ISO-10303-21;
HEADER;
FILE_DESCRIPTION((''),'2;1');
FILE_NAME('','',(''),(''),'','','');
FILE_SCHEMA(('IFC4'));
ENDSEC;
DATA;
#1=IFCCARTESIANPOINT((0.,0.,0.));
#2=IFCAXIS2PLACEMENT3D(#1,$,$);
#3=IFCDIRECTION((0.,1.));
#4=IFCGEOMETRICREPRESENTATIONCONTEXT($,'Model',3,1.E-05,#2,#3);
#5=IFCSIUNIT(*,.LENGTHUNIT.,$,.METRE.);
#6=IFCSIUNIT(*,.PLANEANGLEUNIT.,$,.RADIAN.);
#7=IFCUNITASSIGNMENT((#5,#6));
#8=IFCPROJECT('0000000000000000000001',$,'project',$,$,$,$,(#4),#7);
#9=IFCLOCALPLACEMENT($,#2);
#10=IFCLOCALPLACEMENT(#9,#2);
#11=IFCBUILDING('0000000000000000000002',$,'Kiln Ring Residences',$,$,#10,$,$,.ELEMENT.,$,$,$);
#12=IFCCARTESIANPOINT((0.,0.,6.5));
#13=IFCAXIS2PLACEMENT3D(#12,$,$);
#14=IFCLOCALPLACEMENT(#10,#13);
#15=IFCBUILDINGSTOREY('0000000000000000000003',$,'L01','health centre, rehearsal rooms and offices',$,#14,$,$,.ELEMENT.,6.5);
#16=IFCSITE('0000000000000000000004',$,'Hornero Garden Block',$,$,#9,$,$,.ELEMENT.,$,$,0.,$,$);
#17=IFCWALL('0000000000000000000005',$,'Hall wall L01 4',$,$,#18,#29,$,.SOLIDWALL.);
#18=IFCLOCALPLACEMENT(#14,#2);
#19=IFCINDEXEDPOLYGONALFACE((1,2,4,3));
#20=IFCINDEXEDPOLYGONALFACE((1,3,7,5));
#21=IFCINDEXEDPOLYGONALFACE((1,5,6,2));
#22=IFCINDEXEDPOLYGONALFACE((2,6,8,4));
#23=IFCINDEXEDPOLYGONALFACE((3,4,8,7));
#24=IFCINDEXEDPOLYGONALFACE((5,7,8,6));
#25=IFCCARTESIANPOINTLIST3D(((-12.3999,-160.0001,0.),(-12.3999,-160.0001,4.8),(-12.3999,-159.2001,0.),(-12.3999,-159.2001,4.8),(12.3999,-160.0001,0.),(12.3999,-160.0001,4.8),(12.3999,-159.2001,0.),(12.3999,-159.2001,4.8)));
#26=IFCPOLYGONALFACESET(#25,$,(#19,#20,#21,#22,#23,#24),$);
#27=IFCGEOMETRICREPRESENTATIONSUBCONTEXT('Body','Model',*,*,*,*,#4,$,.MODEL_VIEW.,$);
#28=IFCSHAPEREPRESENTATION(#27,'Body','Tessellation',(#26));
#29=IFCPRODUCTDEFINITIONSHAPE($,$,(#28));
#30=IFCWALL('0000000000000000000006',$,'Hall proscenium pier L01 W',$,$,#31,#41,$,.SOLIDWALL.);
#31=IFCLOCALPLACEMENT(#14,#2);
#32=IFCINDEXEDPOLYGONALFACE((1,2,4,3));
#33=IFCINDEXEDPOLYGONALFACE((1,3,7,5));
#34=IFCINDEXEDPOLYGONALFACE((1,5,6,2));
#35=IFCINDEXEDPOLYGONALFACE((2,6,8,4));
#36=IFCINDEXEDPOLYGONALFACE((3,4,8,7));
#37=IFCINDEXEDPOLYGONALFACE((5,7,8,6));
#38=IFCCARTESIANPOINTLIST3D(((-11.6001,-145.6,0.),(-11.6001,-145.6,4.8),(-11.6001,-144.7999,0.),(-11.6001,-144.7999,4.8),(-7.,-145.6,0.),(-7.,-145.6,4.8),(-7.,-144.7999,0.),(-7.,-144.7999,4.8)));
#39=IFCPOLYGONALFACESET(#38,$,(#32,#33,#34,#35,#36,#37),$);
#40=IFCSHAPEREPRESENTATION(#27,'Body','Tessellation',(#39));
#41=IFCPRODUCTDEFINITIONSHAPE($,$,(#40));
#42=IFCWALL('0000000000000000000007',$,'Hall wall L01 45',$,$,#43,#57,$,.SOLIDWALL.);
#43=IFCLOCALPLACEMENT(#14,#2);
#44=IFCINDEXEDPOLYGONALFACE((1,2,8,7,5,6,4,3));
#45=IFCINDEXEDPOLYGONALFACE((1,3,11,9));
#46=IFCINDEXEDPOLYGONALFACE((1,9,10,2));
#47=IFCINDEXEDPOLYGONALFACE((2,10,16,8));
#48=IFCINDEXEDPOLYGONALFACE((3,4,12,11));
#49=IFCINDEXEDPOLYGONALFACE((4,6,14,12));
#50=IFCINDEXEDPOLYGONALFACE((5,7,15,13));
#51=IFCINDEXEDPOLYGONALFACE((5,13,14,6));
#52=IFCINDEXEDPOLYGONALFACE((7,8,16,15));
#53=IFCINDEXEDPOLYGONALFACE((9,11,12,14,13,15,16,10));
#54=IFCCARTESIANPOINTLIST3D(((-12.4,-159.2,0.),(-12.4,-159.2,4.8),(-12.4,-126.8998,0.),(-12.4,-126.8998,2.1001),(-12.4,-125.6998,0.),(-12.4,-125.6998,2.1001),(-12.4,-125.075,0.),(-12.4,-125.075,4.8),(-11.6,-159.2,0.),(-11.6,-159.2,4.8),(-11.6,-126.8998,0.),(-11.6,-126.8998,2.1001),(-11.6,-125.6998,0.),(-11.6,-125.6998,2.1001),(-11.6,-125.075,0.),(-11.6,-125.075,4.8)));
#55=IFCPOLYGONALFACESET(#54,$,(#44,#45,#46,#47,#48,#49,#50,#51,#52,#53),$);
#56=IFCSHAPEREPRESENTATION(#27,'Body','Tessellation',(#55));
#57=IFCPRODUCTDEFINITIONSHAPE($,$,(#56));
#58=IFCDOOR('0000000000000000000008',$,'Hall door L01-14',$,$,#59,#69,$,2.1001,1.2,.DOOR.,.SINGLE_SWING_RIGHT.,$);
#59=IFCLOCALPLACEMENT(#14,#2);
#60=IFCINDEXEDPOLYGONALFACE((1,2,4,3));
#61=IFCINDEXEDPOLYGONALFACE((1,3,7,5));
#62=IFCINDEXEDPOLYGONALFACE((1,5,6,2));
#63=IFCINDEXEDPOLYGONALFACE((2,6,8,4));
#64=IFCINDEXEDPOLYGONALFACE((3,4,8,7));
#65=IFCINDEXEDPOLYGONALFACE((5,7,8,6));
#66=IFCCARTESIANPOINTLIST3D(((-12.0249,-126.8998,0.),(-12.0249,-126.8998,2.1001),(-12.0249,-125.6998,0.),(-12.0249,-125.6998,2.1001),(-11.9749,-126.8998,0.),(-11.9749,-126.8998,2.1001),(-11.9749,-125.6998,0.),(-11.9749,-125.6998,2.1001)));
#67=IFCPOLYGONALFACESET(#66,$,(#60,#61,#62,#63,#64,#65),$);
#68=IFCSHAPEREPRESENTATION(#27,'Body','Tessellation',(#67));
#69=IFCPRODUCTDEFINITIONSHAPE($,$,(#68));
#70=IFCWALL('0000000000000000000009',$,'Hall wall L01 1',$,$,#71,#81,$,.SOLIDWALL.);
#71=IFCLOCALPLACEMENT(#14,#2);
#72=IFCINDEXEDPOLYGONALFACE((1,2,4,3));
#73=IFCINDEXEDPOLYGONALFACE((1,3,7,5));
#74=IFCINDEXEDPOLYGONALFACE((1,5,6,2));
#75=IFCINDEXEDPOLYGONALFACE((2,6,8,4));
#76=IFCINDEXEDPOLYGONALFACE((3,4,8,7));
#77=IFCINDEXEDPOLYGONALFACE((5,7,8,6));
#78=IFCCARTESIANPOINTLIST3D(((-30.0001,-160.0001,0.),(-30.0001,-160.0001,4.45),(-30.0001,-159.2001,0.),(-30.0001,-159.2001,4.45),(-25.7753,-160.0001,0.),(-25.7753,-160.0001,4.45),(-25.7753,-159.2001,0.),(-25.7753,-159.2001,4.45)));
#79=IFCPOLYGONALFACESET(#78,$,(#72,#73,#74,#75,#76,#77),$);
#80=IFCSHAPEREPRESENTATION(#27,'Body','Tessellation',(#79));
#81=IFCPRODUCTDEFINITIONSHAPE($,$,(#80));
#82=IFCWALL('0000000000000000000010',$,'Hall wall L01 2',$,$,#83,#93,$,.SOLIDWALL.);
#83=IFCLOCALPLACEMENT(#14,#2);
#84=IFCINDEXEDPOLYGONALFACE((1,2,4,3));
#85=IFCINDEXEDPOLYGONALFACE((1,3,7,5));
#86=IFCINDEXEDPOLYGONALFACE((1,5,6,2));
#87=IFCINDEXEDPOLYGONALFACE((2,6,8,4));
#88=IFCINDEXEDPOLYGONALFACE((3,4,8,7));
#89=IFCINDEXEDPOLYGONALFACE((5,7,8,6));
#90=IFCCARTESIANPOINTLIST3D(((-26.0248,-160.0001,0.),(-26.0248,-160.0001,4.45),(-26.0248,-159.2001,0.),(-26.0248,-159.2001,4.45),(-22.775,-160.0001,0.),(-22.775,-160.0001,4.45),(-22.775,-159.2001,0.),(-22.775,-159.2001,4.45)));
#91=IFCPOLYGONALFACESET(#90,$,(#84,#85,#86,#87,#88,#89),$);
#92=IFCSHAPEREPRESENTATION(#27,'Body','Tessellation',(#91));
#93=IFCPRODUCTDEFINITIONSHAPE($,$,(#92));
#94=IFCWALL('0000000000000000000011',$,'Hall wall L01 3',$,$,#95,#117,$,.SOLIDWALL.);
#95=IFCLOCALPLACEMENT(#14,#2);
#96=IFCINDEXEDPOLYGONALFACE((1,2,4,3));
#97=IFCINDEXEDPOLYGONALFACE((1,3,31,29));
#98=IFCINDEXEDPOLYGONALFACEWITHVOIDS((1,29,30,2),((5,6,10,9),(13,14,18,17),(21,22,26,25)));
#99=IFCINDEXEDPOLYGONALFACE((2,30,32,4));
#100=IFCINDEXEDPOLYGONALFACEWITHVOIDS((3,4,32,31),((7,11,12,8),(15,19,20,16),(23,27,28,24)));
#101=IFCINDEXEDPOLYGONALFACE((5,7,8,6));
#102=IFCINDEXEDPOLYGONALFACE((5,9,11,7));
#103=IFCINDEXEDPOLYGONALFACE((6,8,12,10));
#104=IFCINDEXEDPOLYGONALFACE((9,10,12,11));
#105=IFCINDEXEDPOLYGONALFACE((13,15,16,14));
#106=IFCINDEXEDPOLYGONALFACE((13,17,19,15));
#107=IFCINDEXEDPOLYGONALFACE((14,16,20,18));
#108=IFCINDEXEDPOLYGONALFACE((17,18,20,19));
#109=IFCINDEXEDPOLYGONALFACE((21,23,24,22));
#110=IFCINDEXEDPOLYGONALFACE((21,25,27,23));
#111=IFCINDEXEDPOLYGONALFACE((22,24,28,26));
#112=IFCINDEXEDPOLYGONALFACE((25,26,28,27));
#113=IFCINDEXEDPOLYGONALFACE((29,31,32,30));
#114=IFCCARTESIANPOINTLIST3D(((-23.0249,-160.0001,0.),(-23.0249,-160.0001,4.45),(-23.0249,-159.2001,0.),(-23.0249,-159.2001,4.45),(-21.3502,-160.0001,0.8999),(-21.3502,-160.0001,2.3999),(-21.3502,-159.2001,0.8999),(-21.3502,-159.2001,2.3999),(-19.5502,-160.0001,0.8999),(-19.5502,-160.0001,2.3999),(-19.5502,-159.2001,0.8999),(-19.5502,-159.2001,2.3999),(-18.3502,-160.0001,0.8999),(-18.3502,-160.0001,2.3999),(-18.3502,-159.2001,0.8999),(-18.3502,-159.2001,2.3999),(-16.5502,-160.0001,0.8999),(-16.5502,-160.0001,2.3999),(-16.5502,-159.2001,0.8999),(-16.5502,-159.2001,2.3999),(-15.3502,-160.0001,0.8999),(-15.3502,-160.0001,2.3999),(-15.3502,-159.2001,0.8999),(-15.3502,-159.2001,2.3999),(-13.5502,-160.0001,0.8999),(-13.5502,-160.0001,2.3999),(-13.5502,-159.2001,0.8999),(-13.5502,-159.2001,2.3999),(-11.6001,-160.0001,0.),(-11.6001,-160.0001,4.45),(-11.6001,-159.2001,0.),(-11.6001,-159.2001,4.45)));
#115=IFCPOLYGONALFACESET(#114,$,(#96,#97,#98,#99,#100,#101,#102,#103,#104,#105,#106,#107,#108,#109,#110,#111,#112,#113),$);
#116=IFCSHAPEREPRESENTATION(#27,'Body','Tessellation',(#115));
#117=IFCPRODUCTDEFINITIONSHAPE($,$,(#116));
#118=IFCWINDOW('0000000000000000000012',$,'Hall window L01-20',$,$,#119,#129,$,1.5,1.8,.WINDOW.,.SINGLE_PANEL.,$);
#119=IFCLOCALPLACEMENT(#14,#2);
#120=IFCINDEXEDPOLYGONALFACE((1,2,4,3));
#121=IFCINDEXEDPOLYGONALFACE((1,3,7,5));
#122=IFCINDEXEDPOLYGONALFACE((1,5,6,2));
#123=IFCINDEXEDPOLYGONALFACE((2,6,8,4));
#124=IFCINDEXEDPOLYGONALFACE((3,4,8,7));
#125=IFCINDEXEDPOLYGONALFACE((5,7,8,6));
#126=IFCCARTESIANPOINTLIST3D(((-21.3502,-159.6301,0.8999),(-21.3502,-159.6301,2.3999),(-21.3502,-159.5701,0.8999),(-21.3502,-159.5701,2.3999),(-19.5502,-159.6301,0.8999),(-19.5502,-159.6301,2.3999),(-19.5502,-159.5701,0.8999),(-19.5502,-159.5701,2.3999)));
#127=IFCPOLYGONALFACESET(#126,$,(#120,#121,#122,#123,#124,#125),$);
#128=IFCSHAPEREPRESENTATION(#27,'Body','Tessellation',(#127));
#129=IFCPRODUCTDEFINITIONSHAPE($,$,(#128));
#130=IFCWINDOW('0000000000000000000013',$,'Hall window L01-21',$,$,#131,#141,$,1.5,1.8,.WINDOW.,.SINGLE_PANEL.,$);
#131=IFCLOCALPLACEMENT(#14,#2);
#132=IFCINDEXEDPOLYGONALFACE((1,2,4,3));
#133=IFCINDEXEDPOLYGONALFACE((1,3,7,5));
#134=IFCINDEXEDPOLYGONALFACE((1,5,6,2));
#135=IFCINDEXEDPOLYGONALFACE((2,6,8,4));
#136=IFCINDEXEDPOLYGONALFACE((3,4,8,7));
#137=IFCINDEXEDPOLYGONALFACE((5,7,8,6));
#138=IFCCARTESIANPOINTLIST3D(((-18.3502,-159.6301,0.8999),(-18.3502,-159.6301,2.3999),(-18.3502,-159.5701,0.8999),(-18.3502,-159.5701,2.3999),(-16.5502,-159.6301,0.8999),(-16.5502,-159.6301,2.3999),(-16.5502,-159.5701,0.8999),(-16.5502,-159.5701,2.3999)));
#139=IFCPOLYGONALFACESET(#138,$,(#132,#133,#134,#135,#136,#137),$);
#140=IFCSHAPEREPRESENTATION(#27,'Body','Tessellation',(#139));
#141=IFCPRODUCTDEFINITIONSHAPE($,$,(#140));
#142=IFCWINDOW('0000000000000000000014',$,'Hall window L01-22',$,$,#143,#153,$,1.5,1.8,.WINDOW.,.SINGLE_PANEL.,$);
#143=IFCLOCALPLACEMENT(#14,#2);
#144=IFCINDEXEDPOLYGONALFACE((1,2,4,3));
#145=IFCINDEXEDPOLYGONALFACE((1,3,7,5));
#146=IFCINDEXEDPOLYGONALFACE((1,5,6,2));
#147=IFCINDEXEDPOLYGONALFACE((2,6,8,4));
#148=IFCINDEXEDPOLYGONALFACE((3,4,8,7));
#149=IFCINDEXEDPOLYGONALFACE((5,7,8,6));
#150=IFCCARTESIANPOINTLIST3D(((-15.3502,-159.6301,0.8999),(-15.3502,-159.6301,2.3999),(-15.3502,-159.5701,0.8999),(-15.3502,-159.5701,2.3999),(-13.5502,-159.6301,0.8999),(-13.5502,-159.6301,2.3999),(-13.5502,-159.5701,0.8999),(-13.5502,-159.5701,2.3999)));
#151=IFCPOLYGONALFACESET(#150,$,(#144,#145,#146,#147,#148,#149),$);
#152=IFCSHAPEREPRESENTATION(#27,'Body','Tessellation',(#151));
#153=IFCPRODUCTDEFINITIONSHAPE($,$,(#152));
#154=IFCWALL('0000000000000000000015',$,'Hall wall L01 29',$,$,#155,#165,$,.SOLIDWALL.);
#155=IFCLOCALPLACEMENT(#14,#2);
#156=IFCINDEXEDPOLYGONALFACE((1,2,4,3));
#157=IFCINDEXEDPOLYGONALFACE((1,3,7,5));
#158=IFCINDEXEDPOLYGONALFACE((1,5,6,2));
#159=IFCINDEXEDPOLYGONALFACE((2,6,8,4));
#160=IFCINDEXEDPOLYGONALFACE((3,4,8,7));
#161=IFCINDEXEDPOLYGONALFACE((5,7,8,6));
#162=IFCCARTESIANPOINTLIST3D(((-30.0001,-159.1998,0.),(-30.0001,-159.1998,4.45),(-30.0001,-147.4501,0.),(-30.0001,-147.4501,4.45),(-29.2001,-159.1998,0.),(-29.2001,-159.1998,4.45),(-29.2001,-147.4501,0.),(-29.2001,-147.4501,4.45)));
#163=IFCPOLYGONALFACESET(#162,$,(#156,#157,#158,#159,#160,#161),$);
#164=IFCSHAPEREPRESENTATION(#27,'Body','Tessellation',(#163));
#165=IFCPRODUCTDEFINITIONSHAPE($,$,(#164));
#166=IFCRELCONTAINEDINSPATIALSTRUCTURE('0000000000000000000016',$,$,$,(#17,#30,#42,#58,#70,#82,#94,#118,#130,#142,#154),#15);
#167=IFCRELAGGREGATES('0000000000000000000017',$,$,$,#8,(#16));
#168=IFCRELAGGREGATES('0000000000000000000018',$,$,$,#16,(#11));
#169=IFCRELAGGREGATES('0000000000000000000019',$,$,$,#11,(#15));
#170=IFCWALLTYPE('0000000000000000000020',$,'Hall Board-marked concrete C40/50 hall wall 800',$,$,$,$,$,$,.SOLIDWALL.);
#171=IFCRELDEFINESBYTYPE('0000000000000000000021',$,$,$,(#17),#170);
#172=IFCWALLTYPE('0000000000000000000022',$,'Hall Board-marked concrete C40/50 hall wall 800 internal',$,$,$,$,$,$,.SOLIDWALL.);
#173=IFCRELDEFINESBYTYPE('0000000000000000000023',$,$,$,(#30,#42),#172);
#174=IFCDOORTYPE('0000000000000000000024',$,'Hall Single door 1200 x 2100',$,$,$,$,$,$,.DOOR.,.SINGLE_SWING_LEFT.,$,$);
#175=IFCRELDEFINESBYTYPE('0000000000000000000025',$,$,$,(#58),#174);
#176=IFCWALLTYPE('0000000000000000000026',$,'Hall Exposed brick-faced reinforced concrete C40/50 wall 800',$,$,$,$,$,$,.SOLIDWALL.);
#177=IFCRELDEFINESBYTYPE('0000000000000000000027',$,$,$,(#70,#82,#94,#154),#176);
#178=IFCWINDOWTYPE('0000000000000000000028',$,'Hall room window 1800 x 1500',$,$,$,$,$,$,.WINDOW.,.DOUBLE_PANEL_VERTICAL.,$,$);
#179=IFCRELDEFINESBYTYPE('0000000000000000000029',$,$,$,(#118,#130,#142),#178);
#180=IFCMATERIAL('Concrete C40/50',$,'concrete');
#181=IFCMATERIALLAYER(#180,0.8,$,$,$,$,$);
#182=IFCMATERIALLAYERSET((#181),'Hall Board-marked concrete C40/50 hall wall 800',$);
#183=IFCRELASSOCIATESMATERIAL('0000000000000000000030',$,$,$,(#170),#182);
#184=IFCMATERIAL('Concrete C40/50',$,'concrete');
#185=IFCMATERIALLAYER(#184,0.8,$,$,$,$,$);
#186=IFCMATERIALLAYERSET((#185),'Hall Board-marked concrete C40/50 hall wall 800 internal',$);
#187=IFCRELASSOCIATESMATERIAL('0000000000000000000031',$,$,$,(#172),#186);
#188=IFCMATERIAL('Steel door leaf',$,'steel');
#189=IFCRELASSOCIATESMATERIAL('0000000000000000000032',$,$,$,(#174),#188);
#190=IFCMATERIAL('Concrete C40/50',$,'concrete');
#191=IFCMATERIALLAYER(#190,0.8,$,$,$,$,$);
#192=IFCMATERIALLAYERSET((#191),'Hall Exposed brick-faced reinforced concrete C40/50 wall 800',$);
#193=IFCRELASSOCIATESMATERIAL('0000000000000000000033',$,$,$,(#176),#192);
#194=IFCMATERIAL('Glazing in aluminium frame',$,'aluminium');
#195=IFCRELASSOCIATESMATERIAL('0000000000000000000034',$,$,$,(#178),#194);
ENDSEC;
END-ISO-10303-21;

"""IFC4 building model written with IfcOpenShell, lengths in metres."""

from ifc_helpers import new_model, si_unit, direction, frame, frame_2d, origin, place, context, subcontext, project, spatial, rectangle, extrude, material, layer, layer_set, type_object, element, fill, save


model = new_model("IFC4")

# Units and contexts
model_context = context("Model", 3, precision=1e-05, world=origin(), true_north=direction((0.0, 1.0)))
body_context = subcontext(model_context, "Body", "Model", "MODEL_VIEW")
ifc_project = project(units=[si_unit("LENGTHUNIT", "METRE"), si_unit("PLANEANGLEUNIT", "RADIAN")], contexts=[model_context])

# Site, building, storey
site_placement = place(None, origin())
site = spatial("IfcSite", under=ifc_project, at=site_placement, Name="Hornero Garden Block", CompositionType="ELEMENT", RefElevation=0.0)
building_placement = place(site_placement, origin())
building = spatial("IfcBuilding", under=site, at=building_placement, Name="Kiln Ring Residences", CompositionType="ELEMENT")
storey_placement = place(building_placement, frame((0.0, 0.0, 6.5)))
storey = spatial("IfcBuildingStorey", under=building, at=storey_placement, Name="L01", Description="health centre, rehearsal rooms and offices", CompositionType="ELEMENT", Elevation=6.5)

# Walls
ifc_material_1 = material(Name="Concrete C40/50", Category="concrete")
ifc_layer_1 = layer(ifc_material_1, 0.8)
ifc_layer_set_1 = layer_set([ifc_layer_1], Name="Hall Board-marked concrete C40/50 hall wall 800")
wall_type_1 = type_object("IfcWallType", Name="Hall Board-marked concrete C40/50 hall wall 800", PredefinedType="SOLIDWALL", material=ifc_layer_set_1)
wall_1_placement = place(storey_placement, frame((-12.3999, -159.6001, 0.0), z_axis=(0.0, 0.0, 1.0), x_axis=(1.0, 0.0, 0.0)))
element("IfcWall", 1, at=wall_1_placement, inside=storey, type_object=wall_type_1, Name="Hall wall L01 4", PredefinedType="SOLIDWALL", context=body_context, shape_type="SweptSolid", body=[
    extrude(rectangle(XDim=24.7998, YDim=0.8, at=frame_2d((12.3999, 0.0))), origin(), (0.0, 0.0, 1.0), 4.8),
])
ifc_material_2 = material(Name="Concrete C40/50", Category="concrete")
ifc_layer_2 = layer(ifc_material_2, 0.8)
ifc_layer_set_2 = layer_set([ifc_layer_2], Name="Hall Board-marked concrete C40/50 hall wall 800 internal")
wall_type_2 = type_object("IfcWallType", Name="Hall Board-marked concrete C40/50 hall wall 800 internal", PredefinedType="SOLIDWALL", material=ifc_layer_set_2)
wall_2_placement = place(storey_placement, frame((-11.6001, -145.2, 0.0), z_axis=(0.0, 0.0, 1.0), x_axis=(1.0, 0.0, 0.0)))
element("IfcWall", 2, at=wall_2_placement, inside=storey, type_object=wall_type_2, Name="Hall proscenium pier L01 W", PredefinedType="SOLIDWALL", context=body_context, shape_type="SweptSolid", body=[
    extrude(rectangle(XDim=4.6001, YDim=0.8, at=frame_2d((2.3, 0.0))), origin(), (0.0, 0.0, 1.0), 4.8),
])

# Wall, opening, door
wall_3_placement = place(storey_placement, frame((-12.0, -159.2, 0.0), z_axis=(0.0, 0.0, 1.0), x_axis=(0.0, 1.0, 0.0)))
wall_3 = element("IfcWall", 3, at=wall_3_placement, inside=storey, type_object=wall_type_2, Name="Hall wall L01 45", PredefinedType="SOLIDWALL", context=body_context, shape_type="SweptSolid", body=[
    extrude(rectangle(XDim=34.125, YDim=0.8, at=frame_2d((17.0625, 0.0))), origin(), (0.0, 0.0, 1.0), 4.8),
])
opening_1_placement = place(wall_3_placement, frame((32.3, 0.0, 0.0)))
opening_1 = element("IfcOpeningElement", 4, at=opening_1_placement, cuts=wall_3, PredefinedType="OPENING", context=body_context, shape_type="SweptSolid", body=[
    extrude(rectangle(XDim=1.2, YDim=2.1001, at=frame_2d((0.6001, 1.05))), frame((0.0, 0.4099, 0.0), z_axis=(0.0, -1.0, 0.0), x_axis=(1.0, 0.0, 0.0)), (0.0, 0.0, 1.0), 0.8201),
])
ifc_material_3 = material(Name="Steel door leaf", Category="steel")
door_type_1 = type_object("IfcDoorType", Name="Hall Single door 1200 x 2100", OperationType="SINGLE_SWING_LEFT", PredefinedType="DOOR", material=ifc_material_3)
door_1_placement = place(opening_1_placement, origin())
door_1 = element("IfcDoor", 5, at=door_1_placement, inside=storey, type_object=door_type_1, Name="Hall door L01-14", OperationType="SINGLE_SWING_RIGHT", OverallHeight=2.1001, OverallWidth=1.2, PredefinedType="DOOR", context=body_context, shape_type="SweptSolid", body=[
    extrude(rectangle(XDim=1.2, YDim=2.1001, at=frame_2d((0.6001, 1.05))), frame((0.0, 0.0249, 0.0), z_axis=(0.0, -1.0, 0.0), x_axis=(1.0, 0.0, 0.0)), (0.0, 0.0, 1.0), 0.05),
])
fill(opening_1, door_1)

# Walls
ifc_material_4 = material(Name="Concrete C40/50", Category="concrete")
ifc_layer_3 = layer(ifc_material_4, 0.8)
ifc_layer_set_3 = layer_set([ifc_layer_3], Name="Hall Exposed brick-faced reinforced concrete C40/50 wall 800")
wall_type_3 = type_object("IfcWallType", Name="Hall Exposed brick-faced reinforced concrete C40/50 wall 800", PredefinedType="SOLIDWALL", material=ifc_layer_set_3)
wall_4_placement = place(storey_placement, frame((-30.0, -159.6001, 0.0), z_axis=(0.0, 0.0, 1.0), x_axis=(1.0, 0.0, 0.0)))
element("IfcWall", 6, at=wall_4_placement, inside=storey, type_object=wall_type_3, Name="Hall wall L01 1", PredefinedType="SOLIDWALL", context=body_context, shape_type="SweptSolid", body=[
    extrude(rectangle(XDim=4.2249, YDim=0.8, at=frame_2d((2.1123, 0.0))), origin(), (0.0, 0.0, 1.0), 4.45),
])
wall_5_placement = place(storey_placement, frame((-26.0249, -159.6001, 0.0), z_axis=(0.0, 0.0, 1.0), x_axis=(1.0, 0.0, 0.0)))
element("IfcWall", 7, at=wall_5_placement, inside=storey, type_object=wall_type_3, Name="Hall wall L01 2", PredefinedType="SOLIDWALL", context=body_context, shape_type="SweptSolid", body=[
    extrude(rectangle(XDim=3.2498, YDim=0.8, at=frame_2d((1.625, 0.0))), origin(), (0.0, 0.0, 1.0), 4.45),
])

# Wall, openings, windows
wall_6_placement = place(storey_placement, frame((-23.0249, -159.6001, 0.0), z_axis=(0.0, 0.0, 1.0), x_axis=(1.0, 0.0, 0.0)))
wall_6 = element("IfcWall", 8, at=wall_6_placement, inside=storey, type_object=wall_type_3, Name="Hall wall L01 3", PredefinedType="SOLIDWALL", context=body_context, shape_type="SweptSolid", body=[
    extrude(rectangle(XDim=11.4248, YDim=0.8, at=frame_2d((5.7124, 0.0))), origin(), (0.0, 0.0, 1.0), 4.45),
])
opening_2_placement = place(wall_6_placement, frame((1.6748, 0.0, 0.8999)))
opening_2 = element("IfcOpeningElement", 9, at=opening_2_placement, cuts=wall_6, PredefinedType="OPENING", context=body_context, shape_type="SweptSolid", body=[
    extrude(rectangle(XDim=1.8, YDim=1.5, at=frame_2d((0.8999, 0.75))), frame((0.0, 0.4099, 0.0), z_axis=(0.0, -1.0, 0.0), x_axis=(1.0, 0.0, 0.0)), (0.0, 0.0, 1.0), 0.8201),
])
opening_3_placement = place(wall_6_placement, frame((4.6748, 0.0, 0.8999)))
opening_3 = element("IfcOpeningElement", 10, at=opening_3_placement, cuts=wall_6, PredefinedType="OPENING", context=body_context, shape_type="SweptSolid", body=[
    extrude(rectangle(XDim=1.8, YDim=1.5, at=frame_2d((0.8999, 0.75))), frame((0.0, 0.4099, 0.0), z_axis=(0.0, -1.0, 0.0), x_axis=(1.0, 0.0, 0.0)), (0.0, 0.0, 1.0), 0.8201),
])
opening_4_placement = place(wall_6_placement, frame((7.6748, 0.0, 0.8999)))
opening_4 = element("IfcOpeningElement", 11, at=opening_4_placement, cuts=wall_6, PredefinedType="OPENING", context=body_context, shape_type="SweptSolid", body=[
    extrude(rectangle(XDim=1.8, YDim=1.5, at=frame_2d((0.8999, 0.75))), frame((0.0, 0.4099, 0.0), z_axis=(0.0, -1.0, 0.0), x_axis=(1.0, 0.0, 0.0)), (0.0, 0.0, 1.0), 0.8201),
])
ifc_material_5 = material(Name="Glazing in aluminium frame", Category="aluminium")
window_type = type_object("IfcWindowType", Name="Hall room window 1800 x 1500", PartitioningType="DOUBLE_PANEL_VERTICAL", PredefinedType="WINDOW", material=ifc_material_5)
window_1_placement = place(opening_2_placement, origin())
window_1 = element("IfcWindow", 12, at=window_1_placement, inside=storey, type_object=window_type, Name="Hall window L01-20", OverallHeight=1.5, OverallWidth=1.8, PartitioningType="SINGLE_PANEL", PredefinedType="WINDOW", context=body_context, shape_type="SweptSolid", body=[
    extrude(rectangle(XDim=1.8, YDim=1.5, at=frame_2d((0.8999, 0.75))), frame((0.0, 0.03, 0.0), z_axis=(0.0, -1.0, 0.0), x_axis=(1.0, 0.0, 0.0)), (0.0, 0.0, 1.0), 0.0601),
])
fill(opening_2, window_1)
window_2_placement = place(opening_3_placement, origin())
window_2 = element("IfcWindow", 13, at=window_2_placement, inside=storey, type_object=window_type, Name="Hall window L01-21", OverallHeight=1.5, OverallWidth=1.8, PartitioningType="SINGLE_PANEL", PredefinedType="WINDOW", context=body_context, shape_type="SweptSolid", body=[
    extrude(rectangle(XDim=1.8, YDim=1.5, at=frame_2d((0.8999, 0.75))), frame((0.0, 0.03, 0.0), z_axis=(0.0, -1.0, 0.0), x_axis=(1.0, 0.0, 0.0)), (0.0, 0.0, 1.0), 0.0601),
])
fill(opening_3, window_2)
window_3_placement = place(opening_4_placement, origin())
window_3 = element("IfcWindow", 14, at=window_3_placement, inside=storey, type_object=window_type, Name="Hall window L01-22", OverallHeight=1.5, OverallWidth=1.8, PartitioningType="SINGLE_PANEL", PredefinedType="WINDOW", context=body_context, shape_type="SweptSolid", body=[
    extrude(rectangle(XDim=1.8, YDim=1.5, at=frame_2d((0.8999, 0.75))), frame((0.0, 0.03, 0.0), z_axis=(0.0, -1.0, 0.0), x_axis=(1.0, 0.0, 0.0)), (0.0, 0.0, 1.0), 0.0601),
])
fill(opening_4, window_3)

# Wall
wall_7_placement = place(storey_placement, frame((-29.6001, -159.2, 0.0), z_axis=(0.0, 0.0, 1.0), x_axis=(0.0, 1.0, 0.0)))
element("IfcWall", 15, at=wall_7_placement, inside=storey, type_object=wall_type_3, Name="Hall wall L01 29", PredefinedType="SOLIDWALL", context=body_context, shape_type="SweptSolid", body=[
    extrude(rectangle(XDim=11.7498, YDim=0.8, at=frame_2d((5.875, 0.0))), origin(), (0.0, 0.0, 1.0), 4.45),
])

save(model, "model.ifc")
